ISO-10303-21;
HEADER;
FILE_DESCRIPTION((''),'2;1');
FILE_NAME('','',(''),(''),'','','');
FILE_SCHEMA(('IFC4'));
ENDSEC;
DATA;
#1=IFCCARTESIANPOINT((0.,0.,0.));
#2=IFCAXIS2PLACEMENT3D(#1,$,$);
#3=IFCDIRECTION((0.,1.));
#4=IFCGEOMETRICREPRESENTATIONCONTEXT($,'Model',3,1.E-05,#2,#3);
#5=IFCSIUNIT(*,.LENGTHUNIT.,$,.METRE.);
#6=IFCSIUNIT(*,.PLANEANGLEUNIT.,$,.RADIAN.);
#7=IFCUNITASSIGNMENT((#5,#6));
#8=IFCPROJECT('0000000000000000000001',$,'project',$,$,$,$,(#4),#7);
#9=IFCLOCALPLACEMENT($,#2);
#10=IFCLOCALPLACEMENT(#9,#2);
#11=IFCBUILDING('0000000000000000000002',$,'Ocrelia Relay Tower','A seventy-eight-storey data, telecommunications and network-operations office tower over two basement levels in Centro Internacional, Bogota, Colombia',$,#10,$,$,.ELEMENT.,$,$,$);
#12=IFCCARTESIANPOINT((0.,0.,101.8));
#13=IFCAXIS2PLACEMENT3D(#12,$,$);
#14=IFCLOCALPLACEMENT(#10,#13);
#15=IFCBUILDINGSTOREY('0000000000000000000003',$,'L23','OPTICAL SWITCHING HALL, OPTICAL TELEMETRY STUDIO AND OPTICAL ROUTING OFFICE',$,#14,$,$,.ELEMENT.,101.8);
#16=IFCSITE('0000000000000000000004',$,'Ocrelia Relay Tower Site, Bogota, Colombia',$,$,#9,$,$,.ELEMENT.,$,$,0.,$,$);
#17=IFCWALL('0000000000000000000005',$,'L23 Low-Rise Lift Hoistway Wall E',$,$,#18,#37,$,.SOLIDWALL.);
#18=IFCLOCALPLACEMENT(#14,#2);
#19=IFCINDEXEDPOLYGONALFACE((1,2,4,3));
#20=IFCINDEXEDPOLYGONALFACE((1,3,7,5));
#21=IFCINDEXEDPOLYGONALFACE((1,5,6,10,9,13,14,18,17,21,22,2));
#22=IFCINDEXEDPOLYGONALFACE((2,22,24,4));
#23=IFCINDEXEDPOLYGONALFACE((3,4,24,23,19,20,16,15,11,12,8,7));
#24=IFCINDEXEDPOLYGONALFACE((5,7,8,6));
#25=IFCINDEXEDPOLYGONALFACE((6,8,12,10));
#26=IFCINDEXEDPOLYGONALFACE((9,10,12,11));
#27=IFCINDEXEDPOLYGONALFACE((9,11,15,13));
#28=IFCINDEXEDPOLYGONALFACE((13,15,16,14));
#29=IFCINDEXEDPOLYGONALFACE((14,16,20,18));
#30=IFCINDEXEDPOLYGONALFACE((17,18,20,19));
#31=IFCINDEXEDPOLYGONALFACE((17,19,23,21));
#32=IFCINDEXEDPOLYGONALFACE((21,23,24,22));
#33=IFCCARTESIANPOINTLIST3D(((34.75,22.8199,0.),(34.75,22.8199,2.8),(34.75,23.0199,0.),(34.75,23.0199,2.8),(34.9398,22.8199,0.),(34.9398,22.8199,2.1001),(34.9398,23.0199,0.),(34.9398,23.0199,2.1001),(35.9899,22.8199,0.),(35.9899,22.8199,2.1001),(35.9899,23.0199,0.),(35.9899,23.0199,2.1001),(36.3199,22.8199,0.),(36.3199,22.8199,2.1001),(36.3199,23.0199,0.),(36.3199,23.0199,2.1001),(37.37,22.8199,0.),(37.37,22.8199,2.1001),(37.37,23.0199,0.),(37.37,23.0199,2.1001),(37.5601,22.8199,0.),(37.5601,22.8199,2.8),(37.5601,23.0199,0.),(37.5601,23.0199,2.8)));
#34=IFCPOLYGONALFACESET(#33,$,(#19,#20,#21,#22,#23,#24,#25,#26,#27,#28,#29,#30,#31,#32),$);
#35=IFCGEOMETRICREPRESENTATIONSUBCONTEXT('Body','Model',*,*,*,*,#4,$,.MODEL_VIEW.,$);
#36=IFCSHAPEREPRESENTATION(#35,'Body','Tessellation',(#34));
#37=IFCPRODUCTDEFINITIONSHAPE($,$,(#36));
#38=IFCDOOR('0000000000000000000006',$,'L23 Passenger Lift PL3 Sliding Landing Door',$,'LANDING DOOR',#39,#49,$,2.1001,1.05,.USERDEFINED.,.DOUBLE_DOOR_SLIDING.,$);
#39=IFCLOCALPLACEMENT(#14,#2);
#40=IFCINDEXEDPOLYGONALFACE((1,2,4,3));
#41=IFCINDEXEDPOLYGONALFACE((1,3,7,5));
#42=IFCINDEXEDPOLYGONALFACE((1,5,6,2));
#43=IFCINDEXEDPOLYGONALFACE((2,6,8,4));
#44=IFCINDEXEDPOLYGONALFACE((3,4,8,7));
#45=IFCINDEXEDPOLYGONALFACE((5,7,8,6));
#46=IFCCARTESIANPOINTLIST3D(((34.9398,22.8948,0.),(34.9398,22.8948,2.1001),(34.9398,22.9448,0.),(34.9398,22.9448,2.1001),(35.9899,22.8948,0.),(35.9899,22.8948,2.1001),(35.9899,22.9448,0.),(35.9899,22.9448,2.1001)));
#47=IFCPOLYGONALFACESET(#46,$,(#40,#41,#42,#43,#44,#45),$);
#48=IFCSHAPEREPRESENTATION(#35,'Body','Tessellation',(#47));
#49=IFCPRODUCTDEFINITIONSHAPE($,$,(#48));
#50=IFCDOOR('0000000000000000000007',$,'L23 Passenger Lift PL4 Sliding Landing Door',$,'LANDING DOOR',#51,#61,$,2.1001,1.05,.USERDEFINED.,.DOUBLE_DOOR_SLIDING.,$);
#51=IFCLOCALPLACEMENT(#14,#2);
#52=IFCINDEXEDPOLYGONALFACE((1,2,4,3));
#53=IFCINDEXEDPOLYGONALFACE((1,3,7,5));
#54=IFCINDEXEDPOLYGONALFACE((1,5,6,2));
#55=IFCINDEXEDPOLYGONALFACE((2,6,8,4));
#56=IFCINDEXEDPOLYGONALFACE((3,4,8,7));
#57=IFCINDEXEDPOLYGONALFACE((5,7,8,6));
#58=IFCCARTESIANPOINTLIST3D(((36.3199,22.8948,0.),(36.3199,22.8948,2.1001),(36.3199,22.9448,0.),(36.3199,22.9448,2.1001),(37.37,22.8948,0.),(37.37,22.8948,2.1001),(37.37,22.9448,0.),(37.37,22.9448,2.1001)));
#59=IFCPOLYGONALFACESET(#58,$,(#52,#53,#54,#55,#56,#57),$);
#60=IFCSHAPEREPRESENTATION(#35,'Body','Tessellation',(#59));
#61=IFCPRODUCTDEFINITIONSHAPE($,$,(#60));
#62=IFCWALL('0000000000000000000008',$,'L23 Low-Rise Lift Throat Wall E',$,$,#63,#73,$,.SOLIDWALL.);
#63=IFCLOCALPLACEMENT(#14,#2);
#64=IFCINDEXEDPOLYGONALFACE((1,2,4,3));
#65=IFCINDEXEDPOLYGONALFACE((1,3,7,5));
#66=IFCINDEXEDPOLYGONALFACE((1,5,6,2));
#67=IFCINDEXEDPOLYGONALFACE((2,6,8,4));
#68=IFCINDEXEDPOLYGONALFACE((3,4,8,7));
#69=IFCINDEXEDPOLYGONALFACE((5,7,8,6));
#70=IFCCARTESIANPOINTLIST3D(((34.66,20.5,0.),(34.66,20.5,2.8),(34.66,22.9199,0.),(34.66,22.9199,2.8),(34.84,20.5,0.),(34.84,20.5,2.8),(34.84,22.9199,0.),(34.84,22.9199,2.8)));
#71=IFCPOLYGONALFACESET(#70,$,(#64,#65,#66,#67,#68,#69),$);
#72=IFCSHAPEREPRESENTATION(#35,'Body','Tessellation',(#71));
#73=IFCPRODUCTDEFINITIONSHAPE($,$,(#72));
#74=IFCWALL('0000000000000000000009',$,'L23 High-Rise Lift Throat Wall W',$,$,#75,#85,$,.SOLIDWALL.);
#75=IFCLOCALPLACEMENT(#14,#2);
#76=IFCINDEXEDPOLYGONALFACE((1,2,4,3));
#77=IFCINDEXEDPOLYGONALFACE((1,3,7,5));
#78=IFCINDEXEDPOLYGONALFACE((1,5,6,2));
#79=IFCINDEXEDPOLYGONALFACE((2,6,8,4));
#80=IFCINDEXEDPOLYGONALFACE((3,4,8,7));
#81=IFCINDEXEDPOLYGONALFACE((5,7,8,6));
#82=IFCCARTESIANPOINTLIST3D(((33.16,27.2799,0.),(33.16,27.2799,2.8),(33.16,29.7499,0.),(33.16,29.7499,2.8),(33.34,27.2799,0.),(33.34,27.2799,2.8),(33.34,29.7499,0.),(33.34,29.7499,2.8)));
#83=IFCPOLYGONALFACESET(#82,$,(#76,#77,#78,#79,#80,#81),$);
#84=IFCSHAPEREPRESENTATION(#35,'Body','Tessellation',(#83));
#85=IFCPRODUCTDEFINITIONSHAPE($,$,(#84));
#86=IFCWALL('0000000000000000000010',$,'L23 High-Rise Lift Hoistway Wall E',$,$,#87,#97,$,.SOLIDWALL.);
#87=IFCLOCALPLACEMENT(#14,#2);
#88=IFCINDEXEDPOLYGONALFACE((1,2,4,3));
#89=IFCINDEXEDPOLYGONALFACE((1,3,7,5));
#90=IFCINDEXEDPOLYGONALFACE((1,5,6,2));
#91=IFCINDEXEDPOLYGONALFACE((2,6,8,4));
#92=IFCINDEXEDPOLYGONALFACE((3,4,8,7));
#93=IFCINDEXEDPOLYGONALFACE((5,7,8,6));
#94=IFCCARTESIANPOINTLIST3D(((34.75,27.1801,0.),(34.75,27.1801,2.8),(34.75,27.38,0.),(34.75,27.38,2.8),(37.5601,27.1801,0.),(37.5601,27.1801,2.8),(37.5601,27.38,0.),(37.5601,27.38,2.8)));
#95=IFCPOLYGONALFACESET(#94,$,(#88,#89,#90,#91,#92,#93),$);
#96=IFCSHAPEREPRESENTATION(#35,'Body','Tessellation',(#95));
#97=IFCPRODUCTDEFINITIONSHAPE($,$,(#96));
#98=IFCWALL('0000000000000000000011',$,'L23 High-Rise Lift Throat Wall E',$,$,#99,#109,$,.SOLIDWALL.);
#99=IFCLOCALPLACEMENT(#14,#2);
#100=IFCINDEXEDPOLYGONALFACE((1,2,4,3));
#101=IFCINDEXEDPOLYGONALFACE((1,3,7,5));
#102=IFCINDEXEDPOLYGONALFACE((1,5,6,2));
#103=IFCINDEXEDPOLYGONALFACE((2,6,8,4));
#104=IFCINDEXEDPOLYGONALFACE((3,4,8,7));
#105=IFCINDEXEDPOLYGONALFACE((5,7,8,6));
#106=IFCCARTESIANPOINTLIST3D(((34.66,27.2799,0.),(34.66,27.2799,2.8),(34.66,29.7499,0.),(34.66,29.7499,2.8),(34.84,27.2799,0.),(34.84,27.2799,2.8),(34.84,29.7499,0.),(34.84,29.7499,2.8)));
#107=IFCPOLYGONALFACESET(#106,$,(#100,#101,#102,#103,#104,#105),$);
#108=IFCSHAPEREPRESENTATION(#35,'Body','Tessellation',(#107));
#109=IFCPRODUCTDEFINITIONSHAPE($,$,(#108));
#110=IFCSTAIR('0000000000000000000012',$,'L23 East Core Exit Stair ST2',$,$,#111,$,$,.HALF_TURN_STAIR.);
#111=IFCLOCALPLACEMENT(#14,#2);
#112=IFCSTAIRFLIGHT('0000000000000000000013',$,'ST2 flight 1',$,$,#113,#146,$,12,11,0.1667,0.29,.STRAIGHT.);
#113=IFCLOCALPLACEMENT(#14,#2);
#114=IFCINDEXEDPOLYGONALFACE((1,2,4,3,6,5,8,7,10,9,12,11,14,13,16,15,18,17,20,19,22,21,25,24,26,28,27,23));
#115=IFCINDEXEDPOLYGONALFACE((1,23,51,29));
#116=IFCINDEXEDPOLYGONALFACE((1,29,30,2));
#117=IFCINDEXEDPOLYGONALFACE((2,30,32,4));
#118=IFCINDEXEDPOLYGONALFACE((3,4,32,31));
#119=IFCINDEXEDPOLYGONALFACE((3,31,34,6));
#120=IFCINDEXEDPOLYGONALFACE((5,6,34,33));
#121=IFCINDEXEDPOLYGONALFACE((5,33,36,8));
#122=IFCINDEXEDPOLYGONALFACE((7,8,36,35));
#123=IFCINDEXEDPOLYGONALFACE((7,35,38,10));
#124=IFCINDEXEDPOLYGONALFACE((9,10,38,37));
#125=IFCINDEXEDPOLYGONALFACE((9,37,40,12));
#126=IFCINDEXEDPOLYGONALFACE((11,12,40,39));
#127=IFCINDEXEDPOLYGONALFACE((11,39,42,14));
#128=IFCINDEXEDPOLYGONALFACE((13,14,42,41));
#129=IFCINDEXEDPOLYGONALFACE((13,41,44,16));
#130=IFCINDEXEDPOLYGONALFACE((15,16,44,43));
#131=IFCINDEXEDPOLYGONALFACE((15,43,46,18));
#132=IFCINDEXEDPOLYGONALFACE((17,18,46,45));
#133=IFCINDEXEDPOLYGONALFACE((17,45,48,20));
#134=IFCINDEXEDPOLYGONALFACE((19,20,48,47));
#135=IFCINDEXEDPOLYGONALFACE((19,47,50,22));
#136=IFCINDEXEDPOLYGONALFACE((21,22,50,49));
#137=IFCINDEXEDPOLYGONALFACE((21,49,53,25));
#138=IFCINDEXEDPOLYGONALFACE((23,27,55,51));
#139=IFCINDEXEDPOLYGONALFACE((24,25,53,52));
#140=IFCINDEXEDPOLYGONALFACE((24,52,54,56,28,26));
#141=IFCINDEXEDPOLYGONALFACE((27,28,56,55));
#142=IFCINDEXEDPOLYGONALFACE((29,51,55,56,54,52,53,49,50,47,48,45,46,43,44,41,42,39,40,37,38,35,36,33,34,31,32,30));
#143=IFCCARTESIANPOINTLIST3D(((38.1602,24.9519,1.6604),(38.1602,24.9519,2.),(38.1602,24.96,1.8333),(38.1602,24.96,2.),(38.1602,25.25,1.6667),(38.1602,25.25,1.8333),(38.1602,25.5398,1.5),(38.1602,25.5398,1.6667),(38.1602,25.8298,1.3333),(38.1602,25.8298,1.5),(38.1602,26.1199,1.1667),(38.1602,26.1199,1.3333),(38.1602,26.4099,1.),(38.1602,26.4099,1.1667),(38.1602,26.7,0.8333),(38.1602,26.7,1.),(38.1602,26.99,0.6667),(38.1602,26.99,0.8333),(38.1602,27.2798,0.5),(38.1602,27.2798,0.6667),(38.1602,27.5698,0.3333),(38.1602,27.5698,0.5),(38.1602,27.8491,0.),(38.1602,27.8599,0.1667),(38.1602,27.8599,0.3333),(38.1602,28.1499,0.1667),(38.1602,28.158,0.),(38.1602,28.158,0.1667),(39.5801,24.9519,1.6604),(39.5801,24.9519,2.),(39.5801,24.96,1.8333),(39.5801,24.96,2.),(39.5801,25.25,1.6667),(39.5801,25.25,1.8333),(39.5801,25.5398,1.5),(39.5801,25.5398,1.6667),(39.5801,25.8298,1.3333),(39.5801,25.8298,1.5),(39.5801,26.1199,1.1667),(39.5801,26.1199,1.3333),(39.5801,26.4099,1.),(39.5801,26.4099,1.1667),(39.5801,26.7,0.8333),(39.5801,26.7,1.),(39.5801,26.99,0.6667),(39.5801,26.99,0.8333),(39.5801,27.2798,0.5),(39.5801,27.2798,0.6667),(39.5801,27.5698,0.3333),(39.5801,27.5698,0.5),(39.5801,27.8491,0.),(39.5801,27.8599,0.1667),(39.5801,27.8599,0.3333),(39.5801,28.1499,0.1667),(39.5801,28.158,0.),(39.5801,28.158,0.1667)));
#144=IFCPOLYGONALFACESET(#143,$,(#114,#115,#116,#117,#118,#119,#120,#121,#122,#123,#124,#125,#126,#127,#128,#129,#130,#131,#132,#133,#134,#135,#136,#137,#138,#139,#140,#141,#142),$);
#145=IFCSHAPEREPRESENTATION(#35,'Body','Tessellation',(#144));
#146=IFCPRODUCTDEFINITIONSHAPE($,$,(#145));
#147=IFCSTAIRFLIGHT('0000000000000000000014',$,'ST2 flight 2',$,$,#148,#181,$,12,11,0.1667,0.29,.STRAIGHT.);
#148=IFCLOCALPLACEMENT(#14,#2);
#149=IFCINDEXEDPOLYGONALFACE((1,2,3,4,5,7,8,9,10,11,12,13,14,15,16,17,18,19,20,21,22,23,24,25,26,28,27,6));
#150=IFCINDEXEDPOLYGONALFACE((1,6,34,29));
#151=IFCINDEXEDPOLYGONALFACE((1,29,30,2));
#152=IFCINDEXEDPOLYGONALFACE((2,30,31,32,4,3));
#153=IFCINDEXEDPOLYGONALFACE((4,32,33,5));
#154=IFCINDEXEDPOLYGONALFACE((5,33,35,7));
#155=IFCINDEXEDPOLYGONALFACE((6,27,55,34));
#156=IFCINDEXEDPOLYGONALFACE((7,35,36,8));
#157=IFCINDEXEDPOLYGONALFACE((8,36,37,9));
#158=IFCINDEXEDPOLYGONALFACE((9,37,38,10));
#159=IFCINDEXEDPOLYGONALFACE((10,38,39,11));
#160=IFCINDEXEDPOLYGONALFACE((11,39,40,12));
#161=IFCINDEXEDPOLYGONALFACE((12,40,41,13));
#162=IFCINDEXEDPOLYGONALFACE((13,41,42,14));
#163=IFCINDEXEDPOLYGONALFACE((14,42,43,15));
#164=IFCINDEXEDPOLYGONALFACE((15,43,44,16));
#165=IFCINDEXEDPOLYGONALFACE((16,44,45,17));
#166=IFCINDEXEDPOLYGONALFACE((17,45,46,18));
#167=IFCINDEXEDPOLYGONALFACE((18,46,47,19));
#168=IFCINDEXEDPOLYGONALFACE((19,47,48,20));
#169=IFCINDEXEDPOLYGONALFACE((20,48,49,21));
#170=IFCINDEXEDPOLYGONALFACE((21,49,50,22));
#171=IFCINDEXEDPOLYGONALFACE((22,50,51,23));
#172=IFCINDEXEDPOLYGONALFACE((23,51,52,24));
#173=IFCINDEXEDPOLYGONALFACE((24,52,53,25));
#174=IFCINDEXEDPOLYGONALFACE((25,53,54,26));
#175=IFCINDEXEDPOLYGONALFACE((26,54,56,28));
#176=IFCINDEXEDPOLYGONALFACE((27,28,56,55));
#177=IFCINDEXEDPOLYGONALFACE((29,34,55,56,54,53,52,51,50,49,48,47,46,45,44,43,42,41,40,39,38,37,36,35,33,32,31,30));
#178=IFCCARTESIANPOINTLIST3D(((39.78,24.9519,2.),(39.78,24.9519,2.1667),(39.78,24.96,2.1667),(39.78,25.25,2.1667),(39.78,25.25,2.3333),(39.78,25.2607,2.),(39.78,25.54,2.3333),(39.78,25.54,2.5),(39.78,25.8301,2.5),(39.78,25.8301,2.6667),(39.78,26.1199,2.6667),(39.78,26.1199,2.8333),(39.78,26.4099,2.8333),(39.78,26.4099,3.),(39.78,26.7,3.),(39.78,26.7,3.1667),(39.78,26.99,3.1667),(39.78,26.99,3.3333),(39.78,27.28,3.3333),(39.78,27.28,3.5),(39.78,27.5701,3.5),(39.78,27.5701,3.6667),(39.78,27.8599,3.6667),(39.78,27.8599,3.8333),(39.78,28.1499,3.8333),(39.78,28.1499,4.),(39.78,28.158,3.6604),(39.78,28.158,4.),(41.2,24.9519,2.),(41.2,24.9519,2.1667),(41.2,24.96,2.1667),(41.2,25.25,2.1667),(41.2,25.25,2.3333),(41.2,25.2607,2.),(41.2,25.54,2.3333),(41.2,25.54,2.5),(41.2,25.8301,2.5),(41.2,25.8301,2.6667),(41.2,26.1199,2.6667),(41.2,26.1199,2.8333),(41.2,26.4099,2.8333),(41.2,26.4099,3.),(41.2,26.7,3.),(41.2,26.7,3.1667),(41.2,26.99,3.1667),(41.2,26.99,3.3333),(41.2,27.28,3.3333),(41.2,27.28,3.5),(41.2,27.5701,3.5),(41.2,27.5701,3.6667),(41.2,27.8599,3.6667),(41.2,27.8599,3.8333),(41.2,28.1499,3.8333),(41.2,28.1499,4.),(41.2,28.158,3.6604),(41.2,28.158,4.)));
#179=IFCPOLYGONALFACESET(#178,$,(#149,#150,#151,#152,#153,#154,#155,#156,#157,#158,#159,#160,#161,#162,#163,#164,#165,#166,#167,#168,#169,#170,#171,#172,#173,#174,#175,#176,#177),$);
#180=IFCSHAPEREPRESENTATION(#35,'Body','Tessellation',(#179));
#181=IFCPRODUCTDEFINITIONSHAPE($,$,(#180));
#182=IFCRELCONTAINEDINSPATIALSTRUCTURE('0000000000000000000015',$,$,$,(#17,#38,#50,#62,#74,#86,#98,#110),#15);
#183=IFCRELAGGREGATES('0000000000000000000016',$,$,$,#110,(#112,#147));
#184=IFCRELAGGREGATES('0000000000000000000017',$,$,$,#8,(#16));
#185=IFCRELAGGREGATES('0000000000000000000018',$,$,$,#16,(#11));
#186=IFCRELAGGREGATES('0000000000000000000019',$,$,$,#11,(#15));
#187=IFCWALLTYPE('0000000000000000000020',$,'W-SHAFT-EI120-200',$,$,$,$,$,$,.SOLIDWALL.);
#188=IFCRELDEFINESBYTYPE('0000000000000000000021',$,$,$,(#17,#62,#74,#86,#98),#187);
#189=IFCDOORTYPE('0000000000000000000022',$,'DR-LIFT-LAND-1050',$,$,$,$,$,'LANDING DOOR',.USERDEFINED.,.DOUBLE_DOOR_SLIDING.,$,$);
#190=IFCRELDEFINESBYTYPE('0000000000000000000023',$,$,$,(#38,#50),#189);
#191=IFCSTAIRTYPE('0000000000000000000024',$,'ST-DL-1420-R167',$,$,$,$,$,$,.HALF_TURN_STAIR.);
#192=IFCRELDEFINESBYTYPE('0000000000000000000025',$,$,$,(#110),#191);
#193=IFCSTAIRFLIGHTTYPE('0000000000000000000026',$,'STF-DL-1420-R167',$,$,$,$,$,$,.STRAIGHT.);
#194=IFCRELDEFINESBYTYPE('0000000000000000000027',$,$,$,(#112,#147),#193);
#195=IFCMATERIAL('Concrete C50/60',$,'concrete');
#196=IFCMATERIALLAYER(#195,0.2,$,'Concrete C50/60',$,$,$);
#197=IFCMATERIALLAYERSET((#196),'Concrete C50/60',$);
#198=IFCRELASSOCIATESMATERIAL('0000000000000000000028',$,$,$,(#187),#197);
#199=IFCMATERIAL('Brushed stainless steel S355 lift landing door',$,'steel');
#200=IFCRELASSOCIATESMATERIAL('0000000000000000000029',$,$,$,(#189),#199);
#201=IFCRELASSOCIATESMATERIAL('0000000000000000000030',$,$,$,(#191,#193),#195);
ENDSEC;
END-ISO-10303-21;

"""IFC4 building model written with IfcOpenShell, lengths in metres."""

from ifc_helpers import new_model, si_unit, direction, frame, frame_2d, origin, place, context, subcontext, project, spatial, polyline, rectangle, outline, extrude, material, layer, layer_set, type_object, element, fill, aggregate, save


model = new_model("IFC4")

# Units and contexts
model_context = context("Model", 3, precision=1e-05, world=origin(), true_north=direction((0.0, 1.0)))
body_context = subcontext(model_context, "Body", "Model", "MODEL_VIEW")
ifc_project = project(units=[si_unit("LENGTHUNIT", "METRE"), si_unit("PLANEANGLEUNIT", "RADIAN")], contexts=[model_context])

# Site, building, storey
site_placement = place(None, origin())
site = spatial("IfcSite", under=ifc_project, at=site_placement, Name="Ocrelia Relay Tower Site, Bogota, Colombia", CompositionType="ELEMENT", RefElevation=0.0)
building_placement = place(site_placement, origin())
building = spatial("IfcBuilding", under=site, at=building_placement, Name="Ocrelia Relay Tower", Description="A seventy-eight-storey data, telecommunications and network-operations office tower over two basement levels in Centro Internacional, Bogota, Colombia", CompositionType="ELEMENT")
storey_placement = place(building_placement, frame((0.0, 0.0, 101.8)))
storey = spatial("IfcBuildingStorey", under=building, at=storey_placement, Name="L23", Description="OPTICAL SWITCHING HALL, OPTICAL TELEMETRY STUDIO AND OPTICAL ROUTING OFFICE", CompositionType="ELEMENT", Elevation=101.8)

# Shared definitions
ifc_material_1 = material(Name="Concrete C50/60", Category="concrete")
ifc_layer_1 = layer(ifc_material_1, 0.2, Name="Concrete C50/60")
ifc_layer_set_1 = layer_set([ifc_layer_1], Name="Concrete C50/60")
wall_type_1 = type_object("IfcWallType", Name="W-SHAFT-EI120-200", PredefinedType="SOLIDWALL", material=ifc_layer_set_1)

# Wall, openings, doors
wall_1_placement = place(storey_placement, frame((34.75, 22.9199, 0.0), z_axis=(0.0, 0.0, 1.0), x_axis=(1.0, 0.0, 0.0)))
wall_1 = element("IfcWall", 1, at=wall_1_placement, inside=storey, type_object=wall_type_1, Name="L23 Low-Rise Lift Hoistway Wall E", PredefinedType="SOLIDWALL", context=body_context, shape_type="SweptSolid", body=[
    extrude(rectangle(XDim=2.8101, YDim=0.2, at=frame_2d((1.405, 0.0))), origin(), (0.0, 0.0, 1.0), 2.8),
])
opening_1_placement = place(wall_1_placement, frame((0.1899, 0.0, 0.0)))
opening_1 = element("IfcOpeningElement", 2, at=opening_1_placement, cuts=wall_1, PredefinedType="OPENING", context=body_context, shape_type="SweptSolid", body=[
    extrude(rectangle(XDim=1.05, YDim=2.1001, at=frame_2d((0.5249, 1.05))), frame((0.0, 0.1099, 0.0), z_axis=(0.0, -1.0, 0.0), x_axis=(1.0, 0.0, 0.0)), (0.0, 0.0, 1.0), 0.22),
])
opening_2_placement = place(wall_1_placement, frame((1.5701, 0.0, 0.0)))
opening_2 = element("IfcOpeningElement", 3, at=opening_2_placement, cuts=wall_1, PredefinedType="OPENING", context=body_context, shape_type="SweptSolid", body=[
    extrude(rectangle(XDim=1.05, YDim=2.1001, at=frame_2d((0.5249, 1.05))), frame((0.0, 0.1099, 0.0), z_axis=(0.0, -1.0, 0.0), x_axis=(1.0, 0.0, 0.0)), (0.0, 0.0, 1.0), 0.22),
])
ifc_material_2 = material(Name="Brushed stainless steel S355 lift landing door", Category="steel")
door_type = type_object("IfcDoorType", Name="DR-LIFT-LAND-1050", ElementType="LANDING DOOR", OperationType="DOUBLE_DOOR_SLIDING", PredefinedType="USERDEFINED", material=ifc_material_2)
door_1_placement = place(opening_1_placement, origin())
door_1 = element("IfcDoor", 4, at=door_1_placement, inside=storey, type_object=door_type, Name="L23 Passenger Lift PL3 Sliding Landing Door", ObjectType="LANDING DOOR", OperationType="DOUBLE_DOOR_SLIDING", OverallHeight=2.1001, OverallWidth=1.05, PredefinedType="USERDEFINED", context=body_context, shape_type="SweptSolid", body=[
    extrude(rectangle(XDim=1.05, YDim=2.1001, at=frame_2d((0.5249, 1.05))), frame((0.0, 0.0249, 0.0), z_axis=(0.0, -1.0, 0.0), x_axis=(1.0, 0.0, 0.0)), (0.0, 0.0, 1.0), 0.05),
])
fill(opening_1, door_1)
door_2_placement = place(opening_2_placement, origin())
door_2 = element("IfcDoor", 5, at=door_2_placement, inside=storey, type_object=door_type, Name="L23 Passenger Lift PL4 Sliding Landing Door", ObjectType="LANDING DOOR", OperationType="DOUBLE_DOOR_SLIDING", OverallHeight=2.1001, OverallWidth=1.05, PredefinedType="USERDEFINED", context=body_context, shape_type="SweptSolid", body=[
    extrude(rectangle(XDim=1.05, YDim=2.1001, at=frame_2d((0.5249, 1.05))), frame((0.0, 0.0249, 0.0), z_axis=(0.0, -1.0, 0.0), x_axis=(1.0, 0.0, 0.0)), (0.0, 0.0, 1.0), 0.05),
])
fill(opening_2, door_2)

# Walls
wall_2_placement = place(storey_placement, frame((34.75, 20.5, 0.0), z_axis=(0.0, 0.0, 1.0), x_axis=(0.0, 1.0, 0.0)))
element("IfcWall", 6, at=wall_2_placement, inside=storey, type_object=wall_type_1, Name="L23 Low-Rise Lift Throat Wall E", PredefinedType="SOLIDWALL", context=body_context, shape_type="SweptSolid", body=[
    extrude(rectangle(XDim=2.4199, YDim=0.1799, at=frame_2d((1.21, 0.0))), origin(), (0.0, 0.0, 1.0), 2.8),
])
wall_3_placement = place(storey_placement, frame((33.25, 27.28, 0.0), z_axis=(0.0, 0.0, 1.0), x_axis=(0.0, 1.0, 0.0)))
element("IfcWall", 7, at=wall_3_placement, inside=storey, type_object=wall_type_1, Name="L23 High-Rise Lift Throat Wall W", PredefinedType="SOLIDWALL", context=body_context, shape_type="SweptSolid", body=[
    extrude(rectangle(XDim=2.47, YDim=0.1799, at=frame_2d((1.2349, 0.0))), origin(), (0.0, 0.0, 1.0), 2.8),
])
wall_4_placement = place(storey_placement, frame((34.75, 27.28, 0.0), z_axis=(0.0, 0.0, 1.0), x_axis=(1.0, 0.0, 0.0)))
element("IfcWall", 8, at=wall_4_placement, inside=storey, type_object=wall_type_1, Name="L23 High-Rise Lift Hoistway Wall E", PredefinedType="SOLIDWALL", context=body_context, shape_type="SweptSolid", body=[
    extrude(rectangle(XDim=2.8101, YDim=0.2, at=frame_2d((1.405, 0.0))), origin(), (0.0, 0.0, 1.0), 2.8),
])
wall_5_placement = place(storey_placement, frame((34.75, 27.28, 0.0), z_axis=(0.0, 0.0, 1.0), x_axis=(0.0, 1.0, 0.0)))
element("IfcWall", 9, at=wall_5_placement, inside=storey, type_object=wall_type_1, Name="L23 High-Rise Lift Throat Wall E", PredefinedType="SOLIDWALL", context=body_context, shape_type="SweptSolid", body=[
    extrude(rectangle(XDim=2.47, YDim=0.1799, at=frame_2d((1.2349, 0.0))), origin(), (0.0, 0.0, 1.0), 2.8),
])

# Stair, stair flights
stair_type = type_object("IfcStairType", Name="ST-DL-1420-R167", PredefinedType="HALF_TURN_STAIR", material=ifc_material_1)
stair_placement = place(storey_placement, origin())
stair = element("IfcStair", 10, at=stair_placement, inside=storey, type_object=stair_type, Name="L23 East Core Exit Stair ST2", PredefinedType="HALF_TURN_STAIR")
stair_flight_type = type_object("IfcStairFlightType", Name="STF-DL-1420-R167", PredefinedType="STRAIGHT", material=ifc_material_1)
stair_flight_1_placement = place(storey_placement, frame((38.8701, 28.1499, 0.0), z_axis=(0.0, 0.0, 1.0), x_axis=(0.0, -1.0, 0.0)))
stair_flight_1 = element("IfcStairFlight", 11, at=stair_flight_1_placement, type_object=stair_flight_type, Name="ST2 flight 1", NumberOfRisers=12, NumberOfTreads=11, PredefinedType="STRAIGHT", RiserHeight=0.1667, TreadLength=0.29, context=body_context, shape_type="SweptSolid", body=[
    extrude(outline(polyline([(-0.0081, 0.0), (-0.0081, 0.1667), (0.0, 0.1667), (0.29, 0.1667), (0.29, 0.3333), (0.5801, 0.3333), (0.5801, 0.5), (0.8701, 0.5), (0.8701, 0.6667), (1.1599, 0.6667), (1.1599, 0.8333), (1.45, 0.8333), (1.45, 1.0), (1.74, 1.0), (1.74, 1.1667), (2.03, 1.1667), (2.03, 1.3333), (2.3201, 1.3333), (2.3201, 1.5), (2.6101, 1.5), (2.6101, 1.6667), (2.8999, 1.6667), (2.8999, 1.8333), (3.1899, 1.8333), (3.1899, 2.0), (3.198, 2.0), (3.198, 1.6604), (0.3008, 0.0), (-0.0081, 0.0)])), frame((0.0, 0.71, 0.0), z_axis=(0.0, -1.0, 0.0), x_axis=(1.0, 0.0, 0.0)), (0.0, 0.0, 1.0), 1.4199),
])
stair_flight_2_placement = place(storey_placement, frame((40.49, 24.96, 2.0), z_axis=(0.0, 0.0, 1.0), x_axis=(0.0, 1.0, 0.0)))
stair_flight_2 = element("IfcStairFlight", 12, at=stair_flight_2_placement, type_object=stair_flight_type, Name="ST2 flight 2", NumberOfRisers=12, NumberOfTreads=11, PredefinedType="STRAIGHT", RiserHeight=0.1667, TreadLength=0.29, context=body_context, shape_type="SweptSolid", body=[
    extrude(outline(polyline([(-0.0081, 0.0), (-0.0081, 0.1667), (0.0, 0.1667), (0.29, 0.1667), (0.29, 0.3333), (0.5801, 0.3333), (0.5801, 0.5), (0.8701, 0.5), (0.8701, 0.6667), (1.1599, 0.6667), (1.1599, 0.8333), (1.45, 0.8333), (1.45, 1.0), (1.74, 1.0), (1.74, 1.1667), (2.03, 1.1667), (2.03, 1.3333), (2.3201, 1.3333), (2.3201, 1.5), (2.6101, 1.5), (2.6101, 1.6667), (2.8999, 1.6667), (2.8999, 1.8333), (3.1899, 1.8333), (3.1899, 2.0), (3.198, 2.0), (3.198, 1.6604), (0.3008, 0.0), (-0.0081, 0.0)])), frame((0.0, 0.71, 0.0), z_axis=(0.0, -1.0, 0.0), x_axis=(1.0, 0.0, 0.0)), (0.0, 0.0, 1.0), 1.4199),
])
aggregate(stair, [stair_flight_1, stair_flight_2])

save(model, "model.ifc")
